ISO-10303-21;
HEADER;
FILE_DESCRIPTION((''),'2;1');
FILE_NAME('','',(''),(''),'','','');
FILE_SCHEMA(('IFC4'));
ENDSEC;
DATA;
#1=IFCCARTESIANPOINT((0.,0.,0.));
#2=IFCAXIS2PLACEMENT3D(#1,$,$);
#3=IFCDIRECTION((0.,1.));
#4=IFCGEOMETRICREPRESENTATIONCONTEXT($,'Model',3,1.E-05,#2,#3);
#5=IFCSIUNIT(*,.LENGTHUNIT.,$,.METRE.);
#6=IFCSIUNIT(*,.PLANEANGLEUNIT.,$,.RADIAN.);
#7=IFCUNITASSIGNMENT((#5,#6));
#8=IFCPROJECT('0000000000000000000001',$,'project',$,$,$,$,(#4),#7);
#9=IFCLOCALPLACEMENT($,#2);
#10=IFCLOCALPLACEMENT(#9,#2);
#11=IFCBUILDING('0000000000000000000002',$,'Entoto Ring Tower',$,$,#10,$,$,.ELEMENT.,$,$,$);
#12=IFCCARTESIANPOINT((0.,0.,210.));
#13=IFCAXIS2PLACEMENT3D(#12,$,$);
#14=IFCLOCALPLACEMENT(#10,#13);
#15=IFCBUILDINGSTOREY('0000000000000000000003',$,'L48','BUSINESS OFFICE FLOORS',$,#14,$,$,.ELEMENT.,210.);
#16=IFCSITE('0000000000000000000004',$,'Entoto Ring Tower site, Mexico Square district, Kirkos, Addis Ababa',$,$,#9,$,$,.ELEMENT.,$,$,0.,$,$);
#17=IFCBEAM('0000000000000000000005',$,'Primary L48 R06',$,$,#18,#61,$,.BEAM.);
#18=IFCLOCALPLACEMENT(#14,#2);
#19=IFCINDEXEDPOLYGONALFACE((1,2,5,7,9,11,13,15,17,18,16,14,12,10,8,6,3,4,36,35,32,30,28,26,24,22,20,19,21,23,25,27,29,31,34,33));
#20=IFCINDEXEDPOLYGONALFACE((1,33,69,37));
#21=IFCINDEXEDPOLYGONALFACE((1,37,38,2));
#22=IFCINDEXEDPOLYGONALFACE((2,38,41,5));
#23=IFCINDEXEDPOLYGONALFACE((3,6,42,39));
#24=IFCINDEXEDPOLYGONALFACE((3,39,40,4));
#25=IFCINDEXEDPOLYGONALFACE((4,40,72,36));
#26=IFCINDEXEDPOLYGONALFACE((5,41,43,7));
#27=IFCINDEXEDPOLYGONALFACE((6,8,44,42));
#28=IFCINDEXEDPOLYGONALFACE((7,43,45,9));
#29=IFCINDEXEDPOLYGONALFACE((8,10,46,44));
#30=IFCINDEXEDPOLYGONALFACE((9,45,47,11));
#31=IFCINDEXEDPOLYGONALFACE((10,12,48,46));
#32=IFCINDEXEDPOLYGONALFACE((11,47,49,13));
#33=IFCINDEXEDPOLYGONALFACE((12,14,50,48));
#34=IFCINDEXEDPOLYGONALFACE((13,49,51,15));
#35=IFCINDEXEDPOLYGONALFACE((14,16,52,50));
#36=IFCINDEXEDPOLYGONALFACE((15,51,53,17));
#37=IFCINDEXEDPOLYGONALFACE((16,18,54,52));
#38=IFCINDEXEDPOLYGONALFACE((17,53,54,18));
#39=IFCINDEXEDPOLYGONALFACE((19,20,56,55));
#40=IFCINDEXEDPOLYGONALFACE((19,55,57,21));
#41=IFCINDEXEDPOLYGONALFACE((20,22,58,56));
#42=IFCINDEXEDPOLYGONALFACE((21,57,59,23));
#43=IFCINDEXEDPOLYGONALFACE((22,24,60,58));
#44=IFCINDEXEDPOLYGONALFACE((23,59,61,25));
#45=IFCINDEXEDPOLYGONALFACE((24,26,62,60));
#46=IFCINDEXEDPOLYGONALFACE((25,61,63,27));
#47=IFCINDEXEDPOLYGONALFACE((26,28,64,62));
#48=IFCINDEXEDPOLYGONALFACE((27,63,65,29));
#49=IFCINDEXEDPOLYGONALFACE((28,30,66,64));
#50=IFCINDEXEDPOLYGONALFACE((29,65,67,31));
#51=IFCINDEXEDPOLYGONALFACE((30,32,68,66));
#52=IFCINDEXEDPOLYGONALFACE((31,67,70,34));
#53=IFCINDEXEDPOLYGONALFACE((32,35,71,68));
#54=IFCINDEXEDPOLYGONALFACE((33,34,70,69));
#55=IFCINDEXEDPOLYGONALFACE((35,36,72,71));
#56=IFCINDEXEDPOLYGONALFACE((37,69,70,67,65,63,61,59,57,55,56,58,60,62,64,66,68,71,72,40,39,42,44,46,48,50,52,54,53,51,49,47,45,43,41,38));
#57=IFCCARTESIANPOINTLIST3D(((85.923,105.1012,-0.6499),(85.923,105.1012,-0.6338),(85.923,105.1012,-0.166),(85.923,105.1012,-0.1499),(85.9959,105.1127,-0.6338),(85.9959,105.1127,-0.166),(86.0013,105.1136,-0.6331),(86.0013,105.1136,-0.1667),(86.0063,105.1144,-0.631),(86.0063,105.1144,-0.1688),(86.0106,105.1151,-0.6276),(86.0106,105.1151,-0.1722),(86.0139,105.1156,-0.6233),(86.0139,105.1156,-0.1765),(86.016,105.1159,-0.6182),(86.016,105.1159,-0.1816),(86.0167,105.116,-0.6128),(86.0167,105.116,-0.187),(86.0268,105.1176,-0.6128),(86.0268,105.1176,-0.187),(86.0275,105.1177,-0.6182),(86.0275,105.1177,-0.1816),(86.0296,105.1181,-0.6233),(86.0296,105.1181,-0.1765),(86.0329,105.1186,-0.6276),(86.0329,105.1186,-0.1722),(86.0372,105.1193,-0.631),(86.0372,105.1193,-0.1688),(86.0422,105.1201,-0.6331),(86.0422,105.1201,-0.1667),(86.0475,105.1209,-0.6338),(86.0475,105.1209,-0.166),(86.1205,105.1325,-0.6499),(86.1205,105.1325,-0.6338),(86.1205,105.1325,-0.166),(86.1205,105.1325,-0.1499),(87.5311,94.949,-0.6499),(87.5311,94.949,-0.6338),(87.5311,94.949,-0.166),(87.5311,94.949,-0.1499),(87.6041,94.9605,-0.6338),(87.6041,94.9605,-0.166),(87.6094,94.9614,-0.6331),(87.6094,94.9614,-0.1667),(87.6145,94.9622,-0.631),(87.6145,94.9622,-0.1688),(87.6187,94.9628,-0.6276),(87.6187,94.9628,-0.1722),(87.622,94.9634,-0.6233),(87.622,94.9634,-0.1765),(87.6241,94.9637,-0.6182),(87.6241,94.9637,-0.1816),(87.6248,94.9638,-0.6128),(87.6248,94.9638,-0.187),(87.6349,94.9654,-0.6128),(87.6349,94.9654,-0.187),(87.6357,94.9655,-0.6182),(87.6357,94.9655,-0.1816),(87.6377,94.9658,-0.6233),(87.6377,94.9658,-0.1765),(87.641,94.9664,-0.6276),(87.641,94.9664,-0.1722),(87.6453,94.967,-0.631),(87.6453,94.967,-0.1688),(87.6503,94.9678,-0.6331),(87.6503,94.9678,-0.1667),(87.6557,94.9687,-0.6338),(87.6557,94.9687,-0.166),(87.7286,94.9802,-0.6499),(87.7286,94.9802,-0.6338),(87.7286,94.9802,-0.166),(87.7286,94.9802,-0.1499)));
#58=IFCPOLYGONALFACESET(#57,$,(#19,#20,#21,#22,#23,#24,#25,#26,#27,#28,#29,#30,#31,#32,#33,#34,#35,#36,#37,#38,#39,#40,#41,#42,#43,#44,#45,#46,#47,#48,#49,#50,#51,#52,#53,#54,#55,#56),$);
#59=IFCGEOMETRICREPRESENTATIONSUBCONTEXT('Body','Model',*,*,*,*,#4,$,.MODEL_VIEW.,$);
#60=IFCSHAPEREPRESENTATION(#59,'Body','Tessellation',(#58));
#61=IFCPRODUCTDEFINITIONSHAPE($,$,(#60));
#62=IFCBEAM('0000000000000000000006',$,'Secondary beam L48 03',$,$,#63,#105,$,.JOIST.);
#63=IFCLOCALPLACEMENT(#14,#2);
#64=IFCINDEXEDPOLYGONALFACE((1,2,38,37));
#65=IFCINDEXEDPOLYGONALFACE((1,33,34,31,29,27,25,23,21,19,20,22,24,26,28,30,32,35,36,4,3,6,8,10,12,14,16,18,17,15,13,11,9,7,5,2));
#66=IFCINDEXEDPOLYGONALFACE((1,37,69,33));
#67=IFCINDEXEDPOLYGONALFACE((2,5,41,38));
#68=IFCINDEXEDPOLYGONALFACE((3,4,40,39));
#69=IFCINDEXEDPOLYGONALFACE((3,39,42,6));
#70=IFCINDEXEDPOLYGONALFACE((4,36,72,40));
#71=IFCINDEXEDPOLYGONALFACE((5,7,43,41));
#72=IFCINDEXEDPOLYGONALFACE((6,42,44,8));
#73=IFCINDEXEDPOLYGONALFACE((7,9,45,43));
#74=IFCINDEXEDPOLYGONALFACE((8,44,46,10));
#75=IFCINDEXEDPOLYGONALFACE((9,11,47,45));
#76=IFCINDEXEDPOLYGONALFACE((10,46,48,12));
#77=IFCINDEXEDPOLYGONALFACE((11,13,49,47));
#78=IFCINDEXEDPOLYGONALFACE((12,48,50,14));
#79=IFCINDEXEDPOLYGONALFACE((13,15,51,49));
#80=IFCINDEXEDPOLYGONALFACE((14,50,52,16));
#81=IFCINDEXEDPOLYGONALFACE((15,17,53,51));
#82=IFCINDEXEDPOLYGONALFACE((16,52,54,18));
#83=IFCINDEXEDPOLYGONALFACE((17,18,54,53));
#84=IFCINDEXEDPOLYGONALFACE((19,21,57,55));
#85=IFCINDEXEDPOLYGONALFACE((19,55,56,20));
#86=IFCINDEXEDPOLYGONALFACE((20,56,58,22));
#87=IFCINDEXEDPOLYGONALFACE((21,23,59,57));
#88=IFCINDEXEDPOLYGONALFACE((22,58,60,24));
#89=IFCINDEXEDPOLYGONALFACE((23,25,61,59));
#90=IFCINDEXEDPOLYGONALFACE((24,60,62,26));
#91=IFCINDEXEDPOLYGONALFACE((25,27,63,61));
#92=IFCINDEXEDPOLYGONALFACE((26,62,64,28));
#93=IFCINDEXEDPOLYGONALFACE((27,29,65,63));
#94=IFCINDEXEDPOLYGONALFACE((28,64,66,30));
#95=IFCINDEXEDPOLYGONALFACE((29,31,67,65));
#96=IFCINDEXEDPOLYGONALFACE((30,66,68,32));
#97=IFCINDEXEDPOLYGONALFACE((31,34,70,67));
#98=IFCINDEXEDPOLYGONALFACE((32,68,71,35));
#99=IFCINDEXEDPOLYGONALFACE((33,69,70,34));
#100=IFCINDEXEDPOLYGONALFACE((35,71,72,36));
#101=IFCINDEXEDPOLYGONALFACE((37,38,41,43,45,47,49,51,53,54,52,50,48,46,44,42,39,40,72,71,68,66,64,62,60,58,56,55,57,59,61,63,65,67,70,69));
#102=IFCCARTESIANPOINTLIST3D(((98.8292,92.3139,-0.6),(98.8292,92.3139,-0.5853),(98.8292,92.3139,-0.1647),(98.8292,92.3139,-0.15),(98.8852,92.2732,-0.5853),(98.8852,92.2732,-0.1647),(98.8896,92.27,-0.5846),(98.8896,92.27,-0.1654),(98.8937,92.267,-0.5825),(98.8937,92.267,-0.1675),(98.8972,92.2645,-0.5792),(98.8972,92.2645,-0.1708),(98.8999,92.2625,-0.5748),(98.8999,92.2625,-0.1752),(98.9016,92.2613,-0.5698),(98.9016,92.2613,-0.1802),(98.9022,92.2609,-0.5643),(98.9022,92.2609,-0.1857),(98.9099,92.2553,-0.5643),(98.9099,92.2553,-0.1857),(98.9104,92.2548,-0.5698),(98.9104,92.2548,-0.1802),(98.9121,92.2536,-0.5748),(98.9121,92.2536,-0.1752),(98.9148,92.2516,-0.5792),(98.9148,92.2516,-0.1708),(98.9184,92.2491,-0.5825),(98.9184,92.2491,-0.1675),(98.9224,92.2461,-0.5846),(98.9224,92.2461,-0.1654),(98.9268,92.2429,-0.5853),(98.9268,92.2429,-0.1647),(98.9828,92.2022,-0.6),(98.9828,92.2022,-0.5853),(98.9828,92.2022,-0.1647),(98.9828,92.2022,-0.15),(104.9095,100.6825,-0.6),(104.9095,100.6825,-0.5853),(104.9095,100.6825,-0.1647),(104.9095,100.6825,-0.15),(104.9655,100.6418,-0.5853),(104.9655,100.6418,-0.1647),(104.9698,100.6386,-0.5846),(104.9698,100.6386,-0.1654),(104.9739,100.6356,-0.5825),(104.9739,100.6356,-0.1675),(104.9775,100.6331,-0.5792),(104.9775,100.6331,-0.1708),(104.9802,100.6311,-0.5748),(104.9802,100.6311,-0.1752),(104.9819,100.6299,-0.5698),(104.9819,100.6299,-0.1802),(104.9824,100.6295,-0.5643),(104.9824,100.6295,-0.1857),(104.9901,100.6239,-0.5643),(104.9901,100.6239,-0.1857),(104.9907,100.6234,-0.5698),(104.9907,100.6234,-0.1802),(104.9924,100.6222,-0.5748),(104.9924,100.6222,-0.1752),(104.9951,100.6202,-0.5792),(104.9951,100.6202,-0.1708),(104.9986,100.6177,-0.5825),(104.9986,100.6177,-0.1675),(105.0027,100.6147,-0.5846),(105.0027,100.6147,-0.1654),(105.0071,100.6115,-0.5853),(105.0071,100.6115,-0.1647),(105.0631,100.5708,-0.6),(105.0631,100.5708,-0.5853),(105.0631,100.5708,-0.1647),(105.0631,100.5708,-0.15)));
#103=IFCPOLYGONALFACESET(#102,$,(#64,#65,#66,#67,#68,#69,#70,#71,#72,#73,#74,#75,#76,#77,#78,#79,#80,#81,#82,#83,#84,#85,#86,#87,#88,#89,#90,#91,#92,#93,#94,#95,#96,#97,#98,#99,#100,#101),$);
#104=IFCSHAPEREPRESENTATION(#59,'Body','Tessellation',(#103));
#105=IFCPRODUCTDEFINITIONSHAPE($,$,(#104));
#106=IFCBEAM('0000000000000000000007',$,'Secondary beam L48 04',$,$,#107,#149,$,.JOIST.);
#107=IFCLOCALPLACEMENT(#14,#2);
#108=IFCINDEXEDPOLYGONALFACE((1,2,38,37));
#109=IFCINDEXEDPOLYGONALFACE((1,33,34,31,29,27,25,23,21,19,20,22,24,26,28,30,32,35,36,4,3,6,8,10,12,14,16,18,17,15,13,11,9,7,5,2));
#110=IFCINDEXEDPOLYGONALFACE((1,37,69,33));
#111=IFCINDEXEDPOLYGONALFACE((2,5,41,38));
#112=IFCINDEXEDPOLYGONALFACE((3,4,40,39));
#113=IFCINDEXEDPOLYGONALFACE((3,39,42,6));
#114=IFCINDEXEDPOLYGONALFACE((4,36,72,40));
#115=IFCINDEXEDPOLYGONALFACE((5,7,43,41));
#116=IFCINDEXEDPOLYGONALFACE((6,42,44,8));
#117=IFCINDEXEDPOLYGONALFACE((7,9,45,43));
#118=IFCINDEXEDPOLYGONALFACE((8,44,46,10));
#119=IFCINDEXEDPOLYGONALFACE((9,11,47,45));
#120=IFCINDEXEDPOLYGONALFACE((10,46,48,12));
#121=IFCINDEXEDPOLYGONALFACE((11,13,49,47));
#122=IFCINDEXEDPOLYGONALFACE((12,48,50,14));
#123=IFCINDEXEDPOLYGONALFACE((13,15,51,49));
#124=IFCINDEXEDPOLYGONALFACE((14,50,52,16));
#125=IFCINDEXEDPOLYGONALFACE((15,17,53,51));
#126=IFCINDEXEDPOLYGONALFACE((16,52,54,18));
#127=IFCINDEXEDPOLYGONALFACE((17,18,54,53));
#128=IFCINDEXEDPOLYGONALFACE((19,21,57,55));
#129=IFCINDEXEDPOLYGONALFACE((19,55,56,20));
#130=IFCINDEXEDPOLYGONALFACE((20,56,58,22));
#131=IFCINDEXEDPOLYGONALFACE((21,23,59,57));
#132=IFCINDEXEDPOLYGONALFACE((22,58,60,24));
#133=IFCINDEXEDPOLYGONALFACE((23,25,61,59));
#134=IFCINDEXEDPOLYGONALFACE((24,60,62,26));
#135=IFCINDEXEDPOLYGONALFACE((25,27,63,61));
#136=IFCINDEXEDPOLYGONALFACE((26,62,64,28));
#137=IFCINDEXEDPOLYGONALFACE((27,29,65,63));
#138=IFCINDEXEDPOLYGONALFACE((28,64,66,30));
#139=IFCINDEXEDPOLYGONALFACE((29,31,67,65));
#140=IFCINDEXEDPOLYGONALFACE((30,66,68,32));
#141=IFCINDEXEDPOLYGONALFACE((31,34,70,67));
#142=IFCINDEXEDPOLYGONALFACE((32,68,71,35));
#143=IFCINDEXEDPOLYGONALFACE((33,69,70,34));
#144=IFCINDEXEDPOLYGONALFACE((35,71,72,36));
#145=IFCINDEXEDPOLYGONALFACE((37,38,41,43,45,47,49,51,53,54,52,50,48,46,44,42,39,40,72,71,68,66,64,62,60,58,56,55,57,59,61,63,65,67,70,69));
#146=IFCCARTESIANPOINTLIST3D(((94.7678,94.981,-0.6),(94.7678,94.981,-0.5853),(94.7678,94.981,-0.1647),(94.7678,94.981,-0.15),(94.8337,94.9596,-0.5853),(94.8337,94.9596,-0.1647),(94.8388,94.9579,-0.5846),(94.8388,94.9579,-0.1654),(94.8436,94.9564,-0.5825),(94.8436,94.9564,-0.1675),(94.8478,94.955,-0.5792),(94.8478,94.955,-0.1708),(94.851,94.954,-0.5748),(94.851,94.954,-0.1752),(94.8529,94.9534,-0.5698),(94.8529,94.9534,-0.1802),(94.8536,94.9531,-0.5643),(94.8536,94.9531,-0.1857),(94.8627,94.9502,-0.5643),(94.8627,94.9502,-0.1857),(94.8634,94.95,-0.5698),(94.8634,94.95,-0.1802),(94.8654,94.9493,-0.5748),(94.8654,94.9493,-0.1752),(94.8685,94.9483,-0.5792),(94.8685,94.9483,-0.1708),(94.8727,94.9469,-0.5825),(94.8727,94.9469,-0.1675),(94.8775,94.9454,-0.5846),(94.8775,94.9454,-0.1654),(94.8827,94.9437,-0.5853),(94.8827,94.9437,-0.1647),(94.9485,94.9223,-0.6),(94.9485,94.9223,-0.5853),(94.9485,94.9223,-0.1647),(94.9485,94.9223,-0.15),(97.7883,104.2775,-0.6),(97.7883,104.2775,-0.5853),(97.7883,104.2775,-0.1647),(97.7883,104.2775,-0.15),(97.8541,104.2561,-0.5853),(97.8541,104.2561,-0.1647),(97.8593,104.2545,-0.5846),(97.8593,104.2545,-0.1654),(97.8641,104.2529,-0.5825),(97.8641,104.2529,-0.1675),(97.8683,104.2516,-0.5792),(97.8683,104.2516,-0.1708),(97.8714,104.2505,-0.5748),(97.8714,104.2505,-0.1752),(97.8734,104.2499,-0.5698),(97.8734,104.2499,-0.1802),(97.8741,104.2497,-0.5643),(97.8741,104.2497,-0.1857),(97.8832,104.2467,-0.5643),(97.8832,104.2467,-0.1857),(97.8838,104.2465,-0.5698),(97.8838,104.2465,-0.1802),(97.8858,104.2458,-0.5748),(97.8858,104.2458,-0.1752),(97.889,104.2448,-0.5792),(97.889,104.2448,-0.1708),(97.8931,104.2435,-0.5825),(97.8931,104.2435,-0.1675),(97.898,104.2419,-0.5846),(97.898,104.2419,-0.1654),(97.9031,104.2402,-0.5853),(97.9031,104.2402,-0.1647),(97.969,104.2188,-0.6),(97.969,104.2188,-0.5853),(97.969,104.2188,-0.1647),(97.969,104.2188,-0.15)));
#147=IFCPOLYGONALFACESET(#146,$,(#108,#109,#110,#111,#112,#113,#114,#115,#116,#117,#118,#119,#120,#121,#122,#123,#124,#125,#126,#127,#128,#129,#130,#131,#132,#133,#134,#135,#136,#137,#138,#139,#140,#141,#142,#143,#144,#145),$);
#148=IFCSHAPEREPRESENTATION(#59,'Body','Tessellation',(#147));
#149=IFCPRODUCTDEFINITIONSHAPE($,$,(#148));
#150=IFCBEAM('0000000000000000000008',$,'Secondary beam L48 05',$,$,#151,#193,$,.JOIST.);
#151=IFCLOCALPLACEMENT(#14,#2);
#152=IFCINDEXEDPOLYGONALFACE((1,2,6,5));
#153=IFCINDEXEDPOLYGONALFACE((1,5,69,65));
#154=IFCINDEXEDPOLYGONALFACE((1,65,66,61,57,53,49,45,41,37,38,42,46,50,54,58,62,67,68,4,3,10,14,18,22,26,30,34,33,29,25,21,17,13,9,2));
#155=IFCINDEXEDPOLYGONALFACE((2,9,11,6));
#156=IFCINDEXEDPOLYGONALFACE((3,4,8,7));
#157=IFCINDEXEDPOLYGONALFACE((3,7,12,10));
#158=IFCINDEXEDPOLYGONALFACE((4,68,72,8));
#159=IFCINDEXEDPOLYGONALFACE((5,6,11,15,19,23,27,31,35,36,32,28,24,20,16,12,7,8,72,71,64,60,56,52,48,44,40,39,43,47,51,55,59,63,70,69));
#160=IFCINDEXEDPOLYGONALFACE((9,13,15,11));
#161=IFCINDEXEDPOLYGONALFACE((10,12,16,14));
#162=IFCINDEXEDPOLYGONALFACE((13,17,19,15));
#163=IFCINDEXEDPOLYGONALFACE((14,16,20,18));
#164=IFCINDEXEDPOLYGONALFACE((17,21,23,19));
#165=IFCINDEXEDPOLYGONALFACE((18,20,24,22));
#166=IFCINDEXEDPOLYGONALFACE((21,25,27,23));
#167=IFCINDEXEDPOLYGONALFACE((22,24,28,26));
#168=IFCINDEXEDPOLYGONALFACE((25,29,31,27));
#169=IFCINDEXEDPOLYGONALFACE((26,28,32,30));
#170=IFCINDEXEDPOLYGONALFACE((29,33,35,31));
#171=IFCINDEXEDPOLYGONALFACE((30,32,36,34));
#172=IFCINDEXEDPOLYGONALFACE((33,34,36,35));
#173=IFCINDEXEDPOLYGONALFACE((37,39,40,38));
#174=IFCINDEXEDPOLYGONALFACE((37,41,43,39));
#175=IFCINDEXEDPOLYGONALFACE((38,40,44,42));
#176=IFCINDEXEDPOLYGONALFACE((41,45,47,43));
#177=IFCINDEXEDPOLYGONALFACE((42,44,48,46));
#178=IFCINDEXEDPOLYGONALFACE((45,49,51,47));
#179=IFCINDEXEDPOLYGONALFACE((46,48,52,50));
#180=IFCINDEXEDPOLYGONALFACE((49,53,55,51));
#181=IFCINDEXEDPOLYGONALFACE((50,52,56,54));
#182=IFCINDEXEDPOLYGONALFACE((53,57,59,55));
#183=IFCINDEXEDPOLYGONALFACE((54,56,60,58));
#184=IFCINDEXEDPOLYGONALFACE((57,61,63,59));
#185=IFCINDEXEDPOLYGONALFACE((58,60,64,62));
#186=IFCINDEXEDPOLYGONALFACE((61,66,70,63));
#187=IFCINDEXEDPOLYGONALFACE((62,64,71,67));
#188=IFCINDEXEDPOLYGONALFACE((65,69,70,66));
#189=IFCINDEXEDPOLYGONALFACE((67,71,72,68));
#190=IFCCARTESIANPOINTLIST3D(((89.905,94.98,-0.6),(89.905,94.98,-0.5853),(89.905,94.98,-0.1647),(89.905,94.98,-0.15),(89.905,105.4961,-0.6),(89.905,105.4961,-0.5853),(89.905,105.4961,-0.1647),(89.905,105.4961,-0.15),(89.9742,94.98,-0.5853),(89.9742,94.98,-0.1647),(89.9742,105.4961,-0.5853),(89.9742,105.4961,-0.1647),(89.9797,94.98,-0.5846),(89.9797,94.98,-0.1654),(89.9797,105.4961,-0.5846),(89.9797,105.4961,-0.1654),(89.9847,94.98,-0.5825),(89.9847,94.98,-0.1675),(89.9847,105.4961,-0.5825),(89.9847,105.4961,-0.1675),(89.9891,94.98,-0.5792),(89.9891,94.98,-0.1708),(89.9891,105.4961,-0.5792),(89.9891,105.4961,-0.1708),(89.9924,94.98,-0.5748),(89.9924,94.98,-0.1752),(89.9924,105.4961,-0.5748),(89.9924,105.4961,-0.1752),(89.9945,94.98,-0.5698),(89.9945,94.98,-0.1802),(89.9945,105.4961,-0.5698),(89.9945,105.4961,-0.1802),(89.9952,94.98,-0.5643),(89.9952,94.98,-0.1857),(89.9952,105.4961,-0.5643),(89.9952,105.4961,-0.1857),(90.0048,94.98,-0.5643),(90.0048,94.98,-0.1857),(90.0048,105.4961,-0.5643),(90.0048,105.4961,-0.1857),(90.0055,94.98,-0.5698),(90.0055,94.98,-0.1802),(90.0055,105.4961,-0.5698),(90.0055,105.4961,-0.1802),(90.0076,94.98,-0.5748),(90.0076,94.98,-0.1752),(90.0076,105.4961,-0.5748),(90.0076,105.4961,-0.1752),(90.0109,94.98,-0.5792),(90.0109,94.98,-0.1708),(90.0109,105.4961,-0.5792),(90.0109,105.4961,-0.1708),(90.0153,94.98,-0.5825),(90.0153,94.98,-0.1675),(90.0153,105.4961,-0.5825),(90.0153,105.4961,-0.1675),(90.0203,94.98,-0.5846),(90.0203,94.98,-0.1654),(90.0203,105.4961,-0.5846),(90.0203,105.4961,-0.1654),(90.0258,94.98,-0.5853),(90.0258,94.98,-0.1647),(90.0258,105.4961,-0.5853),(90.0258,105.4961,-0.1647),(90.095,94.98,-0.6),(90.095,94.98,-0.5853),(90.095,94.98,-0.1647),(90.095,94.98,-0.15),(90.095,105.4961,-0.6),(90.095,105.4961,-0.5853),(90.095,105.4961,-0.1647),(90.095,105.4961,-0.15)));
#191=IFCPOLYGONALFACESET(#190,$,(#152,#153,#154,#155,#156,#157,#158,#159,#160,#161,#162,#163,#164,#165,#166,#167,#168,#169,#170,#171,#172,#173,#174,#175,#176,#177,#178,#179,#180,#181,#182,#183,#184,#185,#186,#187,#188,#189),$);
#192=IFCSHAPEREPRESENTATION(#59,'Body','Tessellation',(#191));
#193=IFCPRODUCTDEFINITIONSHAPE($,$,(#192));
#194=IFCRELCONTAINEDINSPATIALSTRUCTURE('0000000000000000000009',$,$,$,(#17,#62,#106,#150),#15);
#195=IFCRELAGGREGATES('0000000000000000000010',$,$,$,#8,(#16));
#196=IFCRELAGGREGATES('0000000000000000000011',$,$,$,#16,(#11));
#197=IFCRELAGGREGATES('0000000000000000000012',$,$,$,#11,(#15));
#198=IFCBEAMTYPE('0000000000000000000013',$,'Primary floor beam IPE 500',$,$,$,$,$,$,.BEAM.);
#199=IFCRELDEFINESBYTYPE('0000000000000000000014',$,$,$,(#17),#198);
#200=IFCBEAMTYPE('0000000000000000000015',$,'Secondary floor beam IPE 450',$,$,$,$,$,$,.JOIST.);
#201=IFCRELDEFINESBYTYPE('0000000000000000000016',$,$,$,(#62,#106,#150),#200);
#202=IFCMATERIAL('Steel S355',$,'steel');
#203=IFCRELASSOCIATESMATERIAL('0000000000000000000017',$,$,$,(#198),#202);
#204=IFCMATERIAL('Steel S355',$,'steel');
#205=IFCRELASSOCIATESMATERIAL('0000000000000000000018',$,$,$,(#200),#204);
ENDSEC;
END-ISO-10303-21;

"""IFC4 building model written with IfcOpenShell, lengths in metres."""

from ifc_helpers import new_model, si_unit, direction, frame, origin, origin_2d, place, context, subcontext, project, spatial, i_section, extrude, material, material_profile, profile_set, type_object, element, save


model = new_model("IFC4")

# Units and contexts
model_context = context("Model", 3, precision=1e-05, world=origin(), true_north=direction((0.0, 1.0)))
body_context = subcontext(model_context, "Body", "Model", "MODEL_VIEW")
ifc_project = project(units=[si_unit("LENGTHUNIT", "METRE"), si_unit("PLANEANGLEUNIT", "RADIAN")], contexts=[model_context])

# Site, building, storey
site_placement = place(None, origin())
site = spatial("IfcSite", under=ifc_project, at=site_placement, Name="Entoto Ring Tower site, Mexico Square district, Kirkos, Addis Ababa", CompositionType="ELEMENT", RefElevation=0.0)
building_placement = place(site_placement, origin())
building = spatial("IfcBuilding", under=site, at=building_placement, Name="Entoto Ring Tower", CompositionType="ELEMENT")
storey_placement = place(building_placement, frame((0.0, 0.0, 210.0)))
storey = spatial("IfcBuildingStorey", under=building, at=storey_placement, Name="L48", Description="BUSINESS OFFICE FLOORS", CompositionType="ELEMENT", Elevation=210.0)

# Beams
ifc_material_1 = material(Name="Steel S355", Category="steel")
ifc_material_profile_1 = material_profile(ifc_material_1, i_section(OverallWidth=0.2, OverallDepth=0.5, WebThickness=0.0103, FlangeThickness=0.0161, FilletRadius=0.021, at=origin_2d()), Name="IPE 500")
ifc_profile_set_1 = profile_set([ifc_material_profile_1], Name="Steel S355")
beam_type_1 = type_object("IfcBeamType", Name="Primary floor beam IPE 500", PredefinedType="BEAM", material=ifc_profile_set_1)
for number, where, z_axis, x_axis, name in (
    (1, (87.6299, 94.9646, -0.3999), (-0.156452, 0.987686, 0.0), (-0.987686, -0.156452, 0.0), "Primary L48 R06"),
):
    element("IfcBeam", number, at=place(storey_placement, frame(where, z_axis=z_axis, x_axis=x_axis)), inside=storey, type_object=beam_type_1, Name=name, PredefinedType="BEAM", context=body_context, shape_type="SweptSolid", body=[
        extrude(i_section(OverallWidth=0.2, OverallDepth=0.5, WebThickness=0.0103, FlangeThickness=0.0161, FilletRadius=0.021, at=origin_2d()), origin(), (0.0, 0.0, 1.0), 10.2788),
    ])
ifc_material_2 = material(Name="Steel S355", Category="steel")
ifc_material_profile_2 = material_profile(ifc_material_2, i_section(OverallWidth=0.1899, OverallDepth=0.45, WebThickness=0.0095, FlangeThickness=0.0146, FilletRadius=0.021, at=origin_2d()), Name="IPE 450")
ifc_profile_set_2 = profile_set([ifc_material_profile_2], Name="Steel S355")
beam_type_2 = type_object("IfcBeamType", Name="Secondary floor beam IPE 450", PredefinedType="JOIST", material=ifc_profile_set_2)
beam_1_placement = place(storey_placement, frame((98.906, 92.2581, -0.375), z_axis=(0.587794, 0.809011, 0.0), x_axis=(-0.809011, 0.587794, 0.0)))
element("IfcBeam", 2, at=beam_1_placement, inside=storey, type_object=beam_type_2, Name="Secondary beam L48 03", PredefinedType="JOIST", context=body_context, shape_type="SweptSolid", body=[
    extrude(i_section(OverallWidth=0.1899, OverallDepth=0.45, WebThickness=0.0095, FlangeThickness=0.0146, FilletRadius=0.021, at=origin_2d()), origin(), (0.0, 0.0, 1.0), 10.3442),
])
beam_2_placement = place(storey_placement, frame((94.8582, 94.9517, -0.375), z_axis=(0.309003, 0.951061, 0.0), x_axis=(-0.951061, 0.309003, 0.0)))
element("IfcBeam", 3, at=beam_2_placement, inside=storey, type_object=beam_type_2, Name="Secondary beam L48 04", PredefinedType="JOIST", context=body_context, shape_type="SweptSolid", body=[
    extrude(i_section(OverallWidth=0.1899, OverallDepth=0.45, WebThickness=0.0095, FlangeThickness=0.0146, FilletRadius=0.021, at=origin_2d()), origin(), (0.0, 0.0, 1.0), 9.7749),
])
beam_3_placement = place(storey_placement, frame((90.0, 94.98, -0.375), z_axis=(0.0, 1.0, 0.0), x_axis=(-1.0, 0.0, 0.0)))
element("IfcBeam", 4, at=beam_3_placement, inside=storey, type_object=beam_type_2, Name="Secondary beam L48 05", PredefinedType="JOIST", context=body_context, shape_type="SweptSolid", body=[
    extrude(i_section(OverallWidth=0.1899, OverallDepth=0.45, WebThickness=0.0095, FlangeThickness=0.0146, FilletRadius=0.021, at=origin_2d()), origin(), (0.0, 0.0, 1.0), 10.5161),
])

save(model, "model.ifc")
